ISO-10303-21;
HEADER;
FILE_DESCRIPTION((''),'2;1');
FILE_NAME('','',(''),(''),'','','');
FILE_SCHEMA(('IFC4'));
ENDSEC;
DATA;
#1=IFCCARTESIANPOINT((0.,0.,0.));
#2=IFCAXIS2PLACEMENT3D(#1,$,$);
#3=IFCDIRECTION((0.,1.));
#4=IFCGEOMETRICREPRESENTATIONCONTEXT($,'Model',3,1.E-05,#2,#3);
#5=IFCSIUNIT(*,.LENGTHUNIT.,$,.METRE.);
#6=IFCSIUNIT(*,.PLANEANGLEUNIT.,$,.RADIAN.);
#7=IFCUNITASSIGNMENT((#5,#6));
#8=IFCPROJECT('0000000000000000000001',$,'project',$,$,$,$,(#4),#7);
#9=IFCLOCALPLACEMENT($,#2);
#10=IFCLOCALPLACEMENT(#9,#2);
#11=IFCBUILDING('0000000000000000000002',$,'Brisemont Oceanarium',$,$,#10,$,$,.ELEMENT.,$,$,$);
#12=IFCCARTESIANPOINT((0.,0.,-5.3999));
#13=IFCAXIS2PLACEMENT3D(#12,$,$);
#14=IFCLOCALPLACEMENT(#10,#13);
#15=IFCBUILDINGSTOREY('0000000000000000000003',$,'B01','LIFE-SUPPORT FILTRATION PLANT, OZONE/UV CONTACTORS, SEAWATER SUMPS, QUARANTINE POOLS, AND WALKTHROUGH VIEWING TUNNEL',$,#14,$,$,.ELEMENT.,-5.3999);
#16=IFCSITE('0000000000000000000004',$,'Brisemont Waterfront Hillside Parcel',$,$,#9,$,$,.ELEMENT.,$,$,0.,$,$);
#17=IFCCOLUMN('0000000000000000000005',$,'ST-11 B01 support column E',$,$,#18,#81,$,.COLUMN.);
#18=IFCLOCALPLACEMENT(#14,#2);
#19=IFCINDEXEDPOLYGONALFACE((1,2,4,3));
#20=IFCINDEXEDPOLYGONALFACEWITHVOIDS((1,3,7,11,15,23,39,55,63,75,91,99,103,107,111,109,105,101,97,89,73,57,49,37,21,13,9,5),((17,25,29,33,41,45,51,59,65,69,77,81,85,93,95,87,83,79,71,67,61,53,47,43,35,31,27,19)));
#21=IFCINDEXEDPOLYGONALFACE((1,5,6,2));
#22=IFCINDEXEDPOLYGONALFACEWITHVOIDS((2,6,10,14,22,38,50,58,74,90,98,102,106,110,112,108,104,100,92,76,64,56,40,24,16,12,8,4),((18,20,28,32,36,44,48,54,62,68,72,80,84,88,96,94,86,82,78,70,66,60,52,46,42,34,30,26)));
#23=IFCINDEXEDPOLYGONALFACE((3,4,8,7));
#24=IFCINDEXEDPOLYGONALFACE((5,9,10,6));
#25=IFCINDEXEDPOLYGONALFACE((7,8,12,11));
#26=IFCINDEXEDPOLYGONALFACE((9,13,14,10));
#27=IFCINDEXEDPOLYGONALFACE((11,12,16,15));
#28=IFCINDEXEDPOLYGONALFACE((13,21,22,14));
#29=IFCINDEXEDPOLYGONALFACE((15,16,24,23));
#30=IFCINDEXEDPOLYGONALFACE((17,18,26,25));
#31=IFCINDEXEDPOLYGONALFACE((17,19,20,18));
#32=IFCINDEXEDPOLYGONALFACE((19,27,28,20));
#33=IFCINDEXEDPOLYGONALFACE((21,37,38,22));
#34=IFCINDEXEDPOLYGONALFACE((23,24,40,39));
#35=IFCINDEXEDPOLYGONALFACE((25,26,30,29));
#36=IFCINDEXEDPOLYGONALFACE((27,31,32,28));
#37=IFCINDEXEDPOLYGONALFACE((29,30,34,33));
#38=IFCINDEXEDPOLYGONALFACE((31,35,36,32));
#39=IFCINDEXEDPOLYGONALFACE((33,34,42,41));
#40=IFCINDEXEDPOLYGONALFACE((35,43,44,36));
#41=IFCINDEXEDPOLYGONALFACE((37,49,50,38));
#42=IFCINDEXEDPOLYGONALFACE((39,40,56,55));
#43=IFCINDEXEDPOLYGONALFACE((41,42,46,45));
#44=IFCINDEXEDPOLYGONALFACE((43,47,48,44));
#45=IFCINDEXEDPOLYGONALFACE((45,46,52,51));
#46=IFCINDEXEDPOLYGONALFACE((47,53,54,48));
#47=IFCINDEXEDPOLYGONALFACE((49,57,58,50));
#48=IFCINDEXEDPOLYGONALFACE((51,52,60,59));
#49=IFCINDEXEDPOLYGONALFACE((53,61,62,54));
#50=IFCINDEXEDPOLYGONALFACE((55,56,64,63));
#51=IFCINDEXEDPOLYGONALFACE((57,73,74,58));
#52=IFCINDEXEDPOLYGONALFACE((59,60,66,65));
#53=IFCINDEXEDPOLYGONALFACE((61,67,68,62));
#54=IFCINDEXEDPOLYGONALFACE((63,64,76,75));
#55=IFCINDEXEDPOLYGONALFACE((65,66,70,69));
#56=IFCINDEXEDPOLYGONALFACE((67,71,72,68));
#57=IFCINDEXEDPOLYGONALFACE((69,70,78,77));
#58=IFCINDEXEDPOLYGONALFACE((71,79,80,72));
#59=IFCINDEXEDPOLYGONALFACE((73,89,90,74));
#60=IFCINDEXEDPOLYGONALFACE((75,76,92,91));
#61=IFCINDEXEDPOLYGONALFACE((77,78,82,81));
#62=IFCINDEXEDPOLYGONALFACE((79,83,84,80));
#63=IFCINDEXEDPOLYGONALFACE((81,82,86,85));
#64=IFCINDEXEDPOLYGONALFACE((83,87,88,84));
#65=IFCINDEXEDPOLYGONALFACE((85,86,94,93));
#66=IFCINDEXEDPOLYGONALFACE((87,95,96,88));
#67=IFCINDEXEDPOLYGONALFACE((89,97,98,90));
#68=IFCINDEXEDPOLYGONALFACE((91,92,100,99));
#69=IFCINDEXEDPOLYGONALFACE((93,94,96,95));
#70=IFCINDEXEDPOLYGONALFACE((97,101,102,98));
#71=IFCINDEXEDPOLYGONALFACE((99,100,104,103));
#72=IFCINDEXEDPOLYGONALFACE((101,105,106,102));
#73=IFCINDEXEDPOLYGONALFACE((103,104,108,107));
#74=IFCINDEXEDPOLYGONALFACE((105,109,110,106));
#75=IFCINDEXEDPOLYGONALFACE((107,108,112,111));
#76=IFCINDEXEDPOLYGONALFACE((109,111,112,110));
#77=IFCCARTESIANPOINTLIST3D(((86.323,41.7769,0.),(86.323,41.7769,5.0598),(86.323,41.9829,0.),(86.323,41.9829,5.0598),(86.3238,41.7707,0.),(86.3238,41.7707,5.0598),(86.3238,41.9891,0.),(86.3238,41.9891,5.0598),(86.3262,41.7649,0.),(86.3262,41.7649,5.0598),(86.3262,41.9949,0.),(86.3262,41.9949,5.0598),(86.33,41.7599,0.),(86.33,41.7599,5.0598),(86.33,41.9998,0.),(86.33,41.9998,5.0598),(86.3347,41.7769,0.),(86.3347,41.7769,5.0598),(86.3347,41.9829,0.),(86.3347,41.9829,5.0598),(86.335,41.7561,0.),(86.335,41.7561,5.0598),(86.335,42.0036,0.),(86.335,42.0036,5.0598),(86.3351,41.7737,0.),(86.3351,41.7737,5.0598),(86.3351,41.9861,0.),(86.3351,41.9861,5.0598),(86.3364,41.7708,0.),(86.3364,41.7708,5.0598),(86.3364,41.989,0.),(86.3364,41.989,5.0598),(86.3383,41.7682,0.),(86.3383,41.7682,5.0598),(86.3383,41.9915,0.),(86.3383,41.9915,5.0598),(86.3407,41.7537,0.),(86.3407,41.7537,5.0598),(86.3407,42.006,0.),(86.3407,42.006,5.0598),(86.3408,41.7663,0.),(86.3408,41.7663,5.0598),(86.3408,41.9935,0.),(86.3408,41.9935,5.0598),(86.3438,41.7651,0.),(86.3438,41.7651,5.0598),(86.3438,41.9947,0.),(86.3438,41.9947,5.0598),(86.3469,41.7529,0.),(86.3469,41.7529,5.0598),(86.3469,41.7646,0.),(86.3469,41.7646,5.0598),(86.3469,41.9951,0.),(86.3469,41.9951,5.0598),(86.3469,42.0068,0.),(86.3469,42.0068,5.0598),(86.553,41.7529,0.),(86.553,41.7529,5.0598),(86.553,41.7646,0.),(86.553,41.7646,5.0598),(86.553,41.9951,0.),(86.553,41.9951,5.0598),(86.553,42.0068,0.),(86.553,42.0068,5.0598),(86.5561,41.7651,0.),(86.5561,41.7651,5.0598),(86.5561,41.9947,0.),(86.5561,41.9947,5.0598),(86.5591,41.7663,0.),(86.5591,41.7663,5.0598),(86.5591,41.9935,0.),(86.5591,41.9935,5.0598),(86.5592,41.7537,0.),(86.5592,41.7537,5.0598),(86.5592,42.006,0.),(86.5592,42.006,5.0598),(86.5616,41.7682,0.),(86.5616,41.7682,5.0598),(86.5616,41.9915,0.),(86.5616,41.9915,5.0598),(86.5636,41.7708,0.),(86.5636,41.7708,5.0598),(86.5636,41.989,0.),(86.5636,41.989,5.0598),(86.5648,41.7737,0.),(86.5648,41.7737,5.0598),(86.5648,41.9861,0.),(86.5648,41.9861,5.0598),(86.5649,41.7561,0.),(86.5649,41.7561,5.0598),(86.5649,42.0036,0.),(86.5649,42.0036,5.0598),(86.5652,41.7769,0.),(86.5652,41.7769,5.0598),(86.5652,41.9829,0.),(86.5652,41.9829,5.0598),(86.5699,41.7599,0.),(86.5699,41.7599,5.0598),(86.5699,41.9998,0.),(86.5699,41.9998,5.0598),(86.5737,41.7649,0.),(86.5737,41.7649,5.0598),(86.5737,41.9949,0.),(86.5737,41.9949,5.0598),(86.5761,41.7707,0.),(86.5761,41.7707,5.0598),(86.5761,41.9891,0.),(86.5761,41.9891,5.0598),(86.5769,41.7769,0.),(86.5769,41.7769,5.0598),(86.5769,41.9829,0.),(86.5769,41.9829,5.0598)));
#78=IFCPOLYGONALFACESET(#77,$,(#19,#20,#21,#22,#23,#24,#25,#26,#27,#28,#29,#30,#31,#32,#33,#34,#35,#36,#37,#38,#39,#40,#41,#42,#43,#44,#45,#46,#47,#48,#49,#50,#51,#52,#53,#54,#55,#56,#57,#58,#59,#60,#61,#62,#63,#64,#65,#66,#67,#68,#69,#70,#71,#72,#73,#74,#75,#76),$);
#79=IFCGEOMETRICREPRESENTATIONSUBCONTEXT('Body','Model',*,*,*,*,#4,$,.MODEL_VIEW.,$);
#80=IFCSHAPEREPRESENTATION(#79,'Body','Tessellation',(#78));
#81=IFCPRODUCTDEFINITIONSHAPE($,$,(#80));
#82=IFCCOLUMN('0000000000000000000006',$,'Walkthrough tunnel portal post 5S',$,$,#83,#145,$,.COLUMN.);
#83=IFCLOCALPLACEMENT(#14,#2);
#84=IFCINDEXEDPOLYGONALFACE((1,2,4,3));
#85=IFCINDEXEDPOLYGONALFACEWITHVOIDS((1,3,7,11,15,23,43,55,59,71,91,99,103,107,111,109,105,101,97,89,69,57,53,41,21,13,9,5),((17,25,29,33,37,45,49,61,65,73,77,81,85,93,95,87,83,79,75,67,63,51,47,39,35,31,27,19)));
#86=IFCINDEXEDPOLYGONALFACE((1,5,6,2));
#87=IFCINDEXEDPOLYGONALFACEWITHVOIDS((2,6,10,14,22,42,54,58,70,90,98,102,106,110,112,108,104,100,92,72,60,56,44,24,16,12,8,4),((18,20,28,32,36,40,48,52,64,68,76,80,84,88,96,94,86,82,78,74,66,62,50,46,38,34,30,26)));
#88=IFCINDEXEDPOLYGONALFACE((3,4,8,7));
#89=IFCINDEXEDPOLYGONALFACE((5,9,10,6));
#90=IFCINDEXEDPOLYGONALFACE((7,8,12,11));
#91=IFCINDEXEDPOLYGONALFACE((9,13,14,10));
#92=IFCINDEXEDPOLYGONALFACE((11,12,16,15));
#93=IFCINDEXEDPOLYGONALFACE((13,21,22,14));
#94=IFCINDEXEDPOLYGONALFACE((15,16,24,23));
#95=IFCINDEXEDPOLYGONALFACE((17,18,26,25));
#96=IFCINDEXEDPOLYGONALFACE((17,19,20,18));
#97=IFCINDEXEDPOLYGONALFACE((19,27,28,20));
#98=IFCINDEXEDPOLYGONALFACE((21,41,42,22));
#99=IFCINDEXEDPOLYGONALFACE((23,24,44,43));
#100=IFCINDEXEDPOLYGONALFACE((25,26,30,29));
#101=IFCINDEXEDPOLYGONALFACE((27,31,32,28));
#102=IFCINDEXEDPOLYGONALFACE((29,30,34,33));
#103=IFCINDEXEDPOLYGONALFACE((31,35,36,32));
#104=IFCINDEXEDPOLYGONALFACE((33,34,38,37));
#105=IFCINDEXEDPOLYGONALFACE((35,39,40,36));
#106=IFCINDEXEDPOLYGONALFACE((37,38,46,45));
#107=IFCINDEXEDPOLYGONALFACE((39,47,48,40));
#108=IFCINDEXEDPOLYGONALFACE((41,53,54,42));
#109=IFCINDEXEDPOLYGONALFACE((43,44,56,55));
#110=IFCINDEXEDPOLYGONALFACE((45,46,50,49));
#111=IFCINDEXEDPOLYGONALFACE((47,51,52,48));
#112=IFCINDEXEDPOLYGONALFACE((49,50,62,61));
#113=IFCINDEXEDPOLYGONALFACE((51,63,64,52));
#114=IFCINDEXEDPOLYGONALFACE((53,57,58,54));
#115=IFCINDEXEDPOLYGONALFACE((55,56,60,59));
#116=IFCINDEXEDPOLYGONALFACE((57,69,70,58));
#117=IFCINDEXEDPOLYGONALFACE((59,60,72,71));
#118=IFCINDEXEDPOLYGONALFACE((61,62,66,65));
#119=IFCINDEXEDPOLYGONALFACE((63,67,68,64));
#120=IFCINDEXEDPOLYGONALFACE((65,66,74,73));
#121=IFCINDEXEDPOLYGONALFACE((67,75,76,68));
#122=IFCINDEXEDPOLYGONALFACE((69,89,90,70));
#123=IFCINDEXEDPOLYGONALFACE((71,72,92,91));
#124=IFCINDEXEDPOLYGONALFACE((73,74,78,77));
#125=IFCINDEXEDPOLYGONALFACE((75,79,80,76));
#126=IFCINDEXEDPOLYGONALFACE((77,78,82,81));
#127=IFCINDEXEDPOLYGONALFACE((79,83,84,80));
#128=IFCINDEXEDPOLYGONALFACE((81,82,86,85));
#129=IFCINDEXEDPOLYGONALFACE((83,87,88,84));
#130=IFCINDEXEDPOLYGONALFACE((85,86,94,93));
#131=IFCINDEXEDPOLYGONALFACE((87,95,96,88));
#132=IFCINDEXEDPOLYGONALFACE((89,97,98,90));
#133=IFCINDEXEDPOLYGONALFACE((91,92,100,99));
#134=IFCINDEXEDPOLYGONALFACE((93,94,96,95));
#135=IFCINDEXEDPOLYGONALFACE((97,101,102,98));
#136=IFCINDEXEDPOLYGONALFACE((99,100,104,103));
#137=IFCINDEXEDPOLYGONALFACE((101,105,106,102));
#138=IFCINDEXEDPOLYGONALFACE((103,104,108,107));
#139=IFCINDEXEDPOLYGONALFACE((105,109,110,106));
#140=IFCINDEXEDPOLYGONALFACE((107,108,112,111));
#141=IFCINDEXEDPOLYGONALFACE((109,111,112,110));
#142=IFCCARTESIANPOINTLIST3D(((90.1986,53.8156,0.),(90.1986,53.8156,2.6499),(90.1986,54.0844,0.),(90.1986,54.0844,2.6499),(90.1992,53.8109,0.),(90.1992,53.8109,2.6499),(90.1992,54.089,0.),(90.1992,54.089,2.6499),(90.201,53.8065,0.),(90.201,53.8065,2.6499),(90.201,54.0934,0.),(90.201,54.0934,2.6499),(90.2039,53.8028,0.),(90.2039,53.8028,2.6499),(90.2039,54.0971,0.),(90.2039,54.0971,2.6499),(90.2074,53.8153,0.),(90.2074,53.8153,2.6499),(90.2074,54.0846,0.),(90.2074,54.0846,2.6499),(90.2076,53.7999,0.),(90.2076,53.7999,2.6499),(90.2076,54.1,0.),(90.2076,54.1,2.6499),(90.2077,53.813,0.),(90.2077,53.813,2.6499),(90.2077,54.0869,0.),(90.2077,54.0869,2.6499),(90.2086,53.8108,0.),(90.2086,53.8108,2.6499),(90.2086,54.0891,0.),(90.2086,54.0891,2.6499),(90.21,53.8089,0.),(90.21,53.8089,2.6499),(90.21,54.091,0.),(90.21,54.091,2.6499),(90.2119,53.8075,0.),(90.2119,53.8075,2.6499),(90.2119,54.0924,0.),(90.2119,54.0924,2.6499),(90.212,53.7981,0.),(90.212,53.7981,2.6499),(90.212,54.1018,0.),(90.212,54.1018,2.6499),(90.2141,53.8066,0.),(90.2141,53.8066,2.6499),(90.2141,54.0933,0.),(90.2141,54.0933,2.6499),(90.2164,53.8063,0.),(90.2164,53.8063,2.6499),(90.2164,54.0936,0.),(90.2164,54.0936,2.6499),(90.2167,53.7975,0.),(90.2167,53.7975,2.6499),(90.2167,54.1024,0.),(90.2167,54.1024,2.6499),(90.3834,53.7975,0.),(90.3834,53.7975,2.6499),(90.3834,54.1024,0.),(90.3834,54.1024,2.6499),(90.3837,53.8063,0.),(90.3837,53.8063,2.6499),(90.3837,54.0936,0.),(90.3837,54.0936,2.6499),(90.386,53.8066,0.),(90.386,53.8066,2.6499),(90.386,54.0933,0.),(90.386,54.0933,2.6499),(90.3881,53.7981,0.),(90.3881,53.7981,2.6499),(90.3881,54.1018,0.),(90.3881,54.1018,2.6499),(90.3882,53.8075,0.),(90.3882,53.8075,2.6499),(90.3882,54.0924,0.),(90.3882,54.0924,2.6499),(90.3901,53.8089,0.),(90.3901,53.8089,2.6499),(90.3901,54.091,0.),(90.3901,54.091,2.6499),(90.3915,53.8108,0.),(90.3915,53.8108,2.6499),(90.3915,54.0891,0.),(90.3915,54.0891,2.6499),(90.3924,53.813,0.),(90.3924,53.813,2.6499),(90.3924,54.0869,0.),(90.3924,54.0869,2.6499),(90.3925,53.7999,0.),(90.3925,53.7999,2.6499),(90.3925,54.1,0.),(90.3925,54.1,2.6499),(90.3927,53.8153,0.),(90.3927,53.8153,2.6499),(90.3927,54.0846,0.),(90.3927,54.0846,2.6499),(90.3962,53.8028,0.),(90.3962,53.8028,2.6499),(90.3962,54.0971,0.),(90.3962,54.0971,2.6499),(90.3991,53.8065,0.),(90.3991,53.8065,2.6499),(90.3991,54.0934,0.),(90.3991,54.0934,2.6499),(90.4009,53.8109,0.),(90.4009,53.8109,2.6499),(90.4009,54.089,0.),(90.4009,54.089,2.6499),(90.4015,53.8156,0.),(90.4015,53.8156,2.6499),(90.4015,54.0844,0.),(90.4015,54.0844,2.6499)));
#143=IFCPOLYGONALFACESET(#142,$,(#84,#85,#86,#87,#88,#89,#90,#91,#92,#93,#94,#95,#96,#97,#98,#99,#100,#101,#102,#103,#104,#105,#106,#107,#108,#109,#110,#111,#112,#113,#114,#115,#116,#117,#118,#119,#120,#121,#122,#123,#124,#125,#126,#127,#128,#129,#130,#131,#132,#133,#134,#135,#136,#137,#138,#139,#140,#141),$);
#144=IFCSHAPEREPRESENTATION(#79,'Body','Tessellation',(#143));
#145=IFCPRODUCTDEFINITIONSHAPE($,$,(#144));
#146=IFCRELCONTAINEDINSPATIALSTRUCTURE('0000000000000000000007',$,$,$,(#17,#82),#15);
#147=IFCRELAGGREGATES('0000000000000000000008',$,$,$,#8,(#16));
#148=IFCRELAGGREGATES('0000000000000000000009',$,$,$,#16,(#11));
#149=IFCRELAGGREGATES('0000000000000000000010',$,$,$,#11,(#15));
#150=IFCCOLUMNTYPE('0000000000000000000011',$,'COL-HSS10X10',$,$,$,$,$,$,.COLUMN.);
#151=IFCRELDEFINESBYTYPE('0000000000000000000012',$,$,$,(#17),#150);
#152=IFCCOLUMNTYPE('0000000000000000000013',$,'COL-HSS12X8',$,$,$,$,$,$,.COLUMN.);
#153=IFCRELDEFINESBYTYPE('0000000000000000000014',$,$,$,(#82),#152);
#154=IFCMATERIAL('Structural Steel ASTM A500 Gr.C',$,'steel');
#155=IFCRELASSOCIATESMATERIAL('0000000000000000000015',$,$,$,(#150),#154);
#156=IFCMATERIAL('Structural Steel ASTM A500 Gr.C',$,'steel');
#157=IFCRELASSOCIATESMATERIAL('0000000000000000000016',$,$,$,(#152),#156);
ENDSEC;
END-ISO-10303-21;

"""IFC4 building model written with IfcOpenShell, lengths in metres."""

from ifc_helpers import new_model, si_unit, direction, frame, origin, origin_2d, place, context, subcontext, project, spatial, hollow_rectangle, extrude, material, material_profile, profile_set, type_object, element, save


model = new_model("IFC4")

# Units and contexts
model_context = context("Model", 3, precision=1e-05, world=origin(), true_north=direction((0.0, 1.0)))
body_context = subcontext(model_context, "Body", "Model", "MODEL_VIEW")
ifc_project = project(units=[si_unit("LENGTHUNIT", "METRE"), si_unit("PLANEANGLEUNIT", "RADIAN")], contexts=[model_context])

# Site, building, storey
site_placement = place(None, origin())
site = spatial("IfcSite", under=ifc_project, at=site_placement, Name="Brisemont Waterfront Hillside Parcel", CompositionType="ELEMENT", RefElevation=0.0)
building_placement = place(site_placement, origin())
building = spatial("IfcBuilding", under=site, at=building_placement, Name="Brisemont Oceanarium", CompositionType="ELEMENT")
storey_placement = place(building_placement, frame((0.0, 0.0, -5.3999)))
storey = spatial("IfcBuildingStorey", under=building, at=storey_placement, Name="B01", Description="LIFE-SUPPORT FILTRATION PLANT, OZONE/UV CONTACTORS, SEAWATER SUMPS, QUARANTINE POOLS, AND WALKTHROUGH VIEWING TUNNEL", CompositionType="ELEMENT", Elevation=-5.3999)

# Columns
ifc_material_1 = material(Name="Structural Steel ASTM A500 Gr.C", Category="steel")
ifc_material_profile_1 = material_profile(ifc_material_1, hollow_rectangle(XDim=0.2539, YDim=0.2539, WallThickness=0.0117, InnerFilletRadius=0.0122, OuterFilletRadius=0.0239, at=origin_2d()), Name="HSS10X10X1/2")
ifc_profile_set_1 = profile_set([ifc_material_profile_1], Name="Structural Steel ASTM A500 Gr.C")
column_type_1 = type_object("IfcColumnType", Name="COL-HSS10X10", PredefinedType="COLUMN", material=ifc_profile_set_1)
column_1_placement = place(storey_placement, frame((86.45, 41.8799, 0.0), z_axis=(0.0, 0.0, 1.0), x_axis=(1.0, 0.0, 0.0)))
element("IfcColumn", 1, at=column_1_placement, inside=storey, type_object=column_type_1, Name="ST-11 B01 support column E", PredefinedType="COLUMN", context=body_context, shape_type="SweptSolid", body=[
    extrude(hollow_rectangle(XDim=0.2539, YDim=0.2539, WallThickness=0.0117, InnerFilletRadius=0.0122, OuterFilletRadius=0.0239, at=origin_2d()), origin(), (0.0, 0.0, 1.0), 5.0598),
])
ifc_material_2 = material(Name="Structural Steel ASTM A500 Gr.C", Category="steel")
ifc_material_profile_2 = material_profile(ifc_material_2, hollow_rectangle(XDim=0.2029, YDim=0.3049, WallThickness=0.0088, InnerFilletRadius=0.009, OuterFilletRadius=0.0181, at=origin_2d()), Name="HSS12X8X3/8")
ifc_profile_set_2 = profile_set([ifc_material_profile_2], Name="Structural Steel ASTM A500 Gr.C")
column_type_2 = type_object("IfcColumnType", Name="COL-HSS12X8", PredefinedType="COLUMN", material=ifc_profile_set_2)
for number, where, z_axis, x_axis, name in (
    (2, (90.3, 53.95, 0.0), (0.0, 0.0, 1.0), (1.0, 0.0, 0.0), "Walkthrough tunnel portal post 5S"),
):
    element("IfcColumn", number, at=place(storey_placement, frame(where, z_axis=z_axis, x_axis=x_axis)), inside=storey, type_object=column_type_2, Name=name, PredefinedType="COLUMN", context=body_context, shape_type="SweptSolid", body=[
        extrude(hollow_rectangle(XDim=0.2029, YDim=0.3049, WallThickness=0.0088, InnerFilletRadius=0.009, OuterFilletRadius=0.0181, at=origin_2d()), origin(), (0.0, 0.0, 1.0), 2.6499),
    ])

save(model, "model.ifc")
